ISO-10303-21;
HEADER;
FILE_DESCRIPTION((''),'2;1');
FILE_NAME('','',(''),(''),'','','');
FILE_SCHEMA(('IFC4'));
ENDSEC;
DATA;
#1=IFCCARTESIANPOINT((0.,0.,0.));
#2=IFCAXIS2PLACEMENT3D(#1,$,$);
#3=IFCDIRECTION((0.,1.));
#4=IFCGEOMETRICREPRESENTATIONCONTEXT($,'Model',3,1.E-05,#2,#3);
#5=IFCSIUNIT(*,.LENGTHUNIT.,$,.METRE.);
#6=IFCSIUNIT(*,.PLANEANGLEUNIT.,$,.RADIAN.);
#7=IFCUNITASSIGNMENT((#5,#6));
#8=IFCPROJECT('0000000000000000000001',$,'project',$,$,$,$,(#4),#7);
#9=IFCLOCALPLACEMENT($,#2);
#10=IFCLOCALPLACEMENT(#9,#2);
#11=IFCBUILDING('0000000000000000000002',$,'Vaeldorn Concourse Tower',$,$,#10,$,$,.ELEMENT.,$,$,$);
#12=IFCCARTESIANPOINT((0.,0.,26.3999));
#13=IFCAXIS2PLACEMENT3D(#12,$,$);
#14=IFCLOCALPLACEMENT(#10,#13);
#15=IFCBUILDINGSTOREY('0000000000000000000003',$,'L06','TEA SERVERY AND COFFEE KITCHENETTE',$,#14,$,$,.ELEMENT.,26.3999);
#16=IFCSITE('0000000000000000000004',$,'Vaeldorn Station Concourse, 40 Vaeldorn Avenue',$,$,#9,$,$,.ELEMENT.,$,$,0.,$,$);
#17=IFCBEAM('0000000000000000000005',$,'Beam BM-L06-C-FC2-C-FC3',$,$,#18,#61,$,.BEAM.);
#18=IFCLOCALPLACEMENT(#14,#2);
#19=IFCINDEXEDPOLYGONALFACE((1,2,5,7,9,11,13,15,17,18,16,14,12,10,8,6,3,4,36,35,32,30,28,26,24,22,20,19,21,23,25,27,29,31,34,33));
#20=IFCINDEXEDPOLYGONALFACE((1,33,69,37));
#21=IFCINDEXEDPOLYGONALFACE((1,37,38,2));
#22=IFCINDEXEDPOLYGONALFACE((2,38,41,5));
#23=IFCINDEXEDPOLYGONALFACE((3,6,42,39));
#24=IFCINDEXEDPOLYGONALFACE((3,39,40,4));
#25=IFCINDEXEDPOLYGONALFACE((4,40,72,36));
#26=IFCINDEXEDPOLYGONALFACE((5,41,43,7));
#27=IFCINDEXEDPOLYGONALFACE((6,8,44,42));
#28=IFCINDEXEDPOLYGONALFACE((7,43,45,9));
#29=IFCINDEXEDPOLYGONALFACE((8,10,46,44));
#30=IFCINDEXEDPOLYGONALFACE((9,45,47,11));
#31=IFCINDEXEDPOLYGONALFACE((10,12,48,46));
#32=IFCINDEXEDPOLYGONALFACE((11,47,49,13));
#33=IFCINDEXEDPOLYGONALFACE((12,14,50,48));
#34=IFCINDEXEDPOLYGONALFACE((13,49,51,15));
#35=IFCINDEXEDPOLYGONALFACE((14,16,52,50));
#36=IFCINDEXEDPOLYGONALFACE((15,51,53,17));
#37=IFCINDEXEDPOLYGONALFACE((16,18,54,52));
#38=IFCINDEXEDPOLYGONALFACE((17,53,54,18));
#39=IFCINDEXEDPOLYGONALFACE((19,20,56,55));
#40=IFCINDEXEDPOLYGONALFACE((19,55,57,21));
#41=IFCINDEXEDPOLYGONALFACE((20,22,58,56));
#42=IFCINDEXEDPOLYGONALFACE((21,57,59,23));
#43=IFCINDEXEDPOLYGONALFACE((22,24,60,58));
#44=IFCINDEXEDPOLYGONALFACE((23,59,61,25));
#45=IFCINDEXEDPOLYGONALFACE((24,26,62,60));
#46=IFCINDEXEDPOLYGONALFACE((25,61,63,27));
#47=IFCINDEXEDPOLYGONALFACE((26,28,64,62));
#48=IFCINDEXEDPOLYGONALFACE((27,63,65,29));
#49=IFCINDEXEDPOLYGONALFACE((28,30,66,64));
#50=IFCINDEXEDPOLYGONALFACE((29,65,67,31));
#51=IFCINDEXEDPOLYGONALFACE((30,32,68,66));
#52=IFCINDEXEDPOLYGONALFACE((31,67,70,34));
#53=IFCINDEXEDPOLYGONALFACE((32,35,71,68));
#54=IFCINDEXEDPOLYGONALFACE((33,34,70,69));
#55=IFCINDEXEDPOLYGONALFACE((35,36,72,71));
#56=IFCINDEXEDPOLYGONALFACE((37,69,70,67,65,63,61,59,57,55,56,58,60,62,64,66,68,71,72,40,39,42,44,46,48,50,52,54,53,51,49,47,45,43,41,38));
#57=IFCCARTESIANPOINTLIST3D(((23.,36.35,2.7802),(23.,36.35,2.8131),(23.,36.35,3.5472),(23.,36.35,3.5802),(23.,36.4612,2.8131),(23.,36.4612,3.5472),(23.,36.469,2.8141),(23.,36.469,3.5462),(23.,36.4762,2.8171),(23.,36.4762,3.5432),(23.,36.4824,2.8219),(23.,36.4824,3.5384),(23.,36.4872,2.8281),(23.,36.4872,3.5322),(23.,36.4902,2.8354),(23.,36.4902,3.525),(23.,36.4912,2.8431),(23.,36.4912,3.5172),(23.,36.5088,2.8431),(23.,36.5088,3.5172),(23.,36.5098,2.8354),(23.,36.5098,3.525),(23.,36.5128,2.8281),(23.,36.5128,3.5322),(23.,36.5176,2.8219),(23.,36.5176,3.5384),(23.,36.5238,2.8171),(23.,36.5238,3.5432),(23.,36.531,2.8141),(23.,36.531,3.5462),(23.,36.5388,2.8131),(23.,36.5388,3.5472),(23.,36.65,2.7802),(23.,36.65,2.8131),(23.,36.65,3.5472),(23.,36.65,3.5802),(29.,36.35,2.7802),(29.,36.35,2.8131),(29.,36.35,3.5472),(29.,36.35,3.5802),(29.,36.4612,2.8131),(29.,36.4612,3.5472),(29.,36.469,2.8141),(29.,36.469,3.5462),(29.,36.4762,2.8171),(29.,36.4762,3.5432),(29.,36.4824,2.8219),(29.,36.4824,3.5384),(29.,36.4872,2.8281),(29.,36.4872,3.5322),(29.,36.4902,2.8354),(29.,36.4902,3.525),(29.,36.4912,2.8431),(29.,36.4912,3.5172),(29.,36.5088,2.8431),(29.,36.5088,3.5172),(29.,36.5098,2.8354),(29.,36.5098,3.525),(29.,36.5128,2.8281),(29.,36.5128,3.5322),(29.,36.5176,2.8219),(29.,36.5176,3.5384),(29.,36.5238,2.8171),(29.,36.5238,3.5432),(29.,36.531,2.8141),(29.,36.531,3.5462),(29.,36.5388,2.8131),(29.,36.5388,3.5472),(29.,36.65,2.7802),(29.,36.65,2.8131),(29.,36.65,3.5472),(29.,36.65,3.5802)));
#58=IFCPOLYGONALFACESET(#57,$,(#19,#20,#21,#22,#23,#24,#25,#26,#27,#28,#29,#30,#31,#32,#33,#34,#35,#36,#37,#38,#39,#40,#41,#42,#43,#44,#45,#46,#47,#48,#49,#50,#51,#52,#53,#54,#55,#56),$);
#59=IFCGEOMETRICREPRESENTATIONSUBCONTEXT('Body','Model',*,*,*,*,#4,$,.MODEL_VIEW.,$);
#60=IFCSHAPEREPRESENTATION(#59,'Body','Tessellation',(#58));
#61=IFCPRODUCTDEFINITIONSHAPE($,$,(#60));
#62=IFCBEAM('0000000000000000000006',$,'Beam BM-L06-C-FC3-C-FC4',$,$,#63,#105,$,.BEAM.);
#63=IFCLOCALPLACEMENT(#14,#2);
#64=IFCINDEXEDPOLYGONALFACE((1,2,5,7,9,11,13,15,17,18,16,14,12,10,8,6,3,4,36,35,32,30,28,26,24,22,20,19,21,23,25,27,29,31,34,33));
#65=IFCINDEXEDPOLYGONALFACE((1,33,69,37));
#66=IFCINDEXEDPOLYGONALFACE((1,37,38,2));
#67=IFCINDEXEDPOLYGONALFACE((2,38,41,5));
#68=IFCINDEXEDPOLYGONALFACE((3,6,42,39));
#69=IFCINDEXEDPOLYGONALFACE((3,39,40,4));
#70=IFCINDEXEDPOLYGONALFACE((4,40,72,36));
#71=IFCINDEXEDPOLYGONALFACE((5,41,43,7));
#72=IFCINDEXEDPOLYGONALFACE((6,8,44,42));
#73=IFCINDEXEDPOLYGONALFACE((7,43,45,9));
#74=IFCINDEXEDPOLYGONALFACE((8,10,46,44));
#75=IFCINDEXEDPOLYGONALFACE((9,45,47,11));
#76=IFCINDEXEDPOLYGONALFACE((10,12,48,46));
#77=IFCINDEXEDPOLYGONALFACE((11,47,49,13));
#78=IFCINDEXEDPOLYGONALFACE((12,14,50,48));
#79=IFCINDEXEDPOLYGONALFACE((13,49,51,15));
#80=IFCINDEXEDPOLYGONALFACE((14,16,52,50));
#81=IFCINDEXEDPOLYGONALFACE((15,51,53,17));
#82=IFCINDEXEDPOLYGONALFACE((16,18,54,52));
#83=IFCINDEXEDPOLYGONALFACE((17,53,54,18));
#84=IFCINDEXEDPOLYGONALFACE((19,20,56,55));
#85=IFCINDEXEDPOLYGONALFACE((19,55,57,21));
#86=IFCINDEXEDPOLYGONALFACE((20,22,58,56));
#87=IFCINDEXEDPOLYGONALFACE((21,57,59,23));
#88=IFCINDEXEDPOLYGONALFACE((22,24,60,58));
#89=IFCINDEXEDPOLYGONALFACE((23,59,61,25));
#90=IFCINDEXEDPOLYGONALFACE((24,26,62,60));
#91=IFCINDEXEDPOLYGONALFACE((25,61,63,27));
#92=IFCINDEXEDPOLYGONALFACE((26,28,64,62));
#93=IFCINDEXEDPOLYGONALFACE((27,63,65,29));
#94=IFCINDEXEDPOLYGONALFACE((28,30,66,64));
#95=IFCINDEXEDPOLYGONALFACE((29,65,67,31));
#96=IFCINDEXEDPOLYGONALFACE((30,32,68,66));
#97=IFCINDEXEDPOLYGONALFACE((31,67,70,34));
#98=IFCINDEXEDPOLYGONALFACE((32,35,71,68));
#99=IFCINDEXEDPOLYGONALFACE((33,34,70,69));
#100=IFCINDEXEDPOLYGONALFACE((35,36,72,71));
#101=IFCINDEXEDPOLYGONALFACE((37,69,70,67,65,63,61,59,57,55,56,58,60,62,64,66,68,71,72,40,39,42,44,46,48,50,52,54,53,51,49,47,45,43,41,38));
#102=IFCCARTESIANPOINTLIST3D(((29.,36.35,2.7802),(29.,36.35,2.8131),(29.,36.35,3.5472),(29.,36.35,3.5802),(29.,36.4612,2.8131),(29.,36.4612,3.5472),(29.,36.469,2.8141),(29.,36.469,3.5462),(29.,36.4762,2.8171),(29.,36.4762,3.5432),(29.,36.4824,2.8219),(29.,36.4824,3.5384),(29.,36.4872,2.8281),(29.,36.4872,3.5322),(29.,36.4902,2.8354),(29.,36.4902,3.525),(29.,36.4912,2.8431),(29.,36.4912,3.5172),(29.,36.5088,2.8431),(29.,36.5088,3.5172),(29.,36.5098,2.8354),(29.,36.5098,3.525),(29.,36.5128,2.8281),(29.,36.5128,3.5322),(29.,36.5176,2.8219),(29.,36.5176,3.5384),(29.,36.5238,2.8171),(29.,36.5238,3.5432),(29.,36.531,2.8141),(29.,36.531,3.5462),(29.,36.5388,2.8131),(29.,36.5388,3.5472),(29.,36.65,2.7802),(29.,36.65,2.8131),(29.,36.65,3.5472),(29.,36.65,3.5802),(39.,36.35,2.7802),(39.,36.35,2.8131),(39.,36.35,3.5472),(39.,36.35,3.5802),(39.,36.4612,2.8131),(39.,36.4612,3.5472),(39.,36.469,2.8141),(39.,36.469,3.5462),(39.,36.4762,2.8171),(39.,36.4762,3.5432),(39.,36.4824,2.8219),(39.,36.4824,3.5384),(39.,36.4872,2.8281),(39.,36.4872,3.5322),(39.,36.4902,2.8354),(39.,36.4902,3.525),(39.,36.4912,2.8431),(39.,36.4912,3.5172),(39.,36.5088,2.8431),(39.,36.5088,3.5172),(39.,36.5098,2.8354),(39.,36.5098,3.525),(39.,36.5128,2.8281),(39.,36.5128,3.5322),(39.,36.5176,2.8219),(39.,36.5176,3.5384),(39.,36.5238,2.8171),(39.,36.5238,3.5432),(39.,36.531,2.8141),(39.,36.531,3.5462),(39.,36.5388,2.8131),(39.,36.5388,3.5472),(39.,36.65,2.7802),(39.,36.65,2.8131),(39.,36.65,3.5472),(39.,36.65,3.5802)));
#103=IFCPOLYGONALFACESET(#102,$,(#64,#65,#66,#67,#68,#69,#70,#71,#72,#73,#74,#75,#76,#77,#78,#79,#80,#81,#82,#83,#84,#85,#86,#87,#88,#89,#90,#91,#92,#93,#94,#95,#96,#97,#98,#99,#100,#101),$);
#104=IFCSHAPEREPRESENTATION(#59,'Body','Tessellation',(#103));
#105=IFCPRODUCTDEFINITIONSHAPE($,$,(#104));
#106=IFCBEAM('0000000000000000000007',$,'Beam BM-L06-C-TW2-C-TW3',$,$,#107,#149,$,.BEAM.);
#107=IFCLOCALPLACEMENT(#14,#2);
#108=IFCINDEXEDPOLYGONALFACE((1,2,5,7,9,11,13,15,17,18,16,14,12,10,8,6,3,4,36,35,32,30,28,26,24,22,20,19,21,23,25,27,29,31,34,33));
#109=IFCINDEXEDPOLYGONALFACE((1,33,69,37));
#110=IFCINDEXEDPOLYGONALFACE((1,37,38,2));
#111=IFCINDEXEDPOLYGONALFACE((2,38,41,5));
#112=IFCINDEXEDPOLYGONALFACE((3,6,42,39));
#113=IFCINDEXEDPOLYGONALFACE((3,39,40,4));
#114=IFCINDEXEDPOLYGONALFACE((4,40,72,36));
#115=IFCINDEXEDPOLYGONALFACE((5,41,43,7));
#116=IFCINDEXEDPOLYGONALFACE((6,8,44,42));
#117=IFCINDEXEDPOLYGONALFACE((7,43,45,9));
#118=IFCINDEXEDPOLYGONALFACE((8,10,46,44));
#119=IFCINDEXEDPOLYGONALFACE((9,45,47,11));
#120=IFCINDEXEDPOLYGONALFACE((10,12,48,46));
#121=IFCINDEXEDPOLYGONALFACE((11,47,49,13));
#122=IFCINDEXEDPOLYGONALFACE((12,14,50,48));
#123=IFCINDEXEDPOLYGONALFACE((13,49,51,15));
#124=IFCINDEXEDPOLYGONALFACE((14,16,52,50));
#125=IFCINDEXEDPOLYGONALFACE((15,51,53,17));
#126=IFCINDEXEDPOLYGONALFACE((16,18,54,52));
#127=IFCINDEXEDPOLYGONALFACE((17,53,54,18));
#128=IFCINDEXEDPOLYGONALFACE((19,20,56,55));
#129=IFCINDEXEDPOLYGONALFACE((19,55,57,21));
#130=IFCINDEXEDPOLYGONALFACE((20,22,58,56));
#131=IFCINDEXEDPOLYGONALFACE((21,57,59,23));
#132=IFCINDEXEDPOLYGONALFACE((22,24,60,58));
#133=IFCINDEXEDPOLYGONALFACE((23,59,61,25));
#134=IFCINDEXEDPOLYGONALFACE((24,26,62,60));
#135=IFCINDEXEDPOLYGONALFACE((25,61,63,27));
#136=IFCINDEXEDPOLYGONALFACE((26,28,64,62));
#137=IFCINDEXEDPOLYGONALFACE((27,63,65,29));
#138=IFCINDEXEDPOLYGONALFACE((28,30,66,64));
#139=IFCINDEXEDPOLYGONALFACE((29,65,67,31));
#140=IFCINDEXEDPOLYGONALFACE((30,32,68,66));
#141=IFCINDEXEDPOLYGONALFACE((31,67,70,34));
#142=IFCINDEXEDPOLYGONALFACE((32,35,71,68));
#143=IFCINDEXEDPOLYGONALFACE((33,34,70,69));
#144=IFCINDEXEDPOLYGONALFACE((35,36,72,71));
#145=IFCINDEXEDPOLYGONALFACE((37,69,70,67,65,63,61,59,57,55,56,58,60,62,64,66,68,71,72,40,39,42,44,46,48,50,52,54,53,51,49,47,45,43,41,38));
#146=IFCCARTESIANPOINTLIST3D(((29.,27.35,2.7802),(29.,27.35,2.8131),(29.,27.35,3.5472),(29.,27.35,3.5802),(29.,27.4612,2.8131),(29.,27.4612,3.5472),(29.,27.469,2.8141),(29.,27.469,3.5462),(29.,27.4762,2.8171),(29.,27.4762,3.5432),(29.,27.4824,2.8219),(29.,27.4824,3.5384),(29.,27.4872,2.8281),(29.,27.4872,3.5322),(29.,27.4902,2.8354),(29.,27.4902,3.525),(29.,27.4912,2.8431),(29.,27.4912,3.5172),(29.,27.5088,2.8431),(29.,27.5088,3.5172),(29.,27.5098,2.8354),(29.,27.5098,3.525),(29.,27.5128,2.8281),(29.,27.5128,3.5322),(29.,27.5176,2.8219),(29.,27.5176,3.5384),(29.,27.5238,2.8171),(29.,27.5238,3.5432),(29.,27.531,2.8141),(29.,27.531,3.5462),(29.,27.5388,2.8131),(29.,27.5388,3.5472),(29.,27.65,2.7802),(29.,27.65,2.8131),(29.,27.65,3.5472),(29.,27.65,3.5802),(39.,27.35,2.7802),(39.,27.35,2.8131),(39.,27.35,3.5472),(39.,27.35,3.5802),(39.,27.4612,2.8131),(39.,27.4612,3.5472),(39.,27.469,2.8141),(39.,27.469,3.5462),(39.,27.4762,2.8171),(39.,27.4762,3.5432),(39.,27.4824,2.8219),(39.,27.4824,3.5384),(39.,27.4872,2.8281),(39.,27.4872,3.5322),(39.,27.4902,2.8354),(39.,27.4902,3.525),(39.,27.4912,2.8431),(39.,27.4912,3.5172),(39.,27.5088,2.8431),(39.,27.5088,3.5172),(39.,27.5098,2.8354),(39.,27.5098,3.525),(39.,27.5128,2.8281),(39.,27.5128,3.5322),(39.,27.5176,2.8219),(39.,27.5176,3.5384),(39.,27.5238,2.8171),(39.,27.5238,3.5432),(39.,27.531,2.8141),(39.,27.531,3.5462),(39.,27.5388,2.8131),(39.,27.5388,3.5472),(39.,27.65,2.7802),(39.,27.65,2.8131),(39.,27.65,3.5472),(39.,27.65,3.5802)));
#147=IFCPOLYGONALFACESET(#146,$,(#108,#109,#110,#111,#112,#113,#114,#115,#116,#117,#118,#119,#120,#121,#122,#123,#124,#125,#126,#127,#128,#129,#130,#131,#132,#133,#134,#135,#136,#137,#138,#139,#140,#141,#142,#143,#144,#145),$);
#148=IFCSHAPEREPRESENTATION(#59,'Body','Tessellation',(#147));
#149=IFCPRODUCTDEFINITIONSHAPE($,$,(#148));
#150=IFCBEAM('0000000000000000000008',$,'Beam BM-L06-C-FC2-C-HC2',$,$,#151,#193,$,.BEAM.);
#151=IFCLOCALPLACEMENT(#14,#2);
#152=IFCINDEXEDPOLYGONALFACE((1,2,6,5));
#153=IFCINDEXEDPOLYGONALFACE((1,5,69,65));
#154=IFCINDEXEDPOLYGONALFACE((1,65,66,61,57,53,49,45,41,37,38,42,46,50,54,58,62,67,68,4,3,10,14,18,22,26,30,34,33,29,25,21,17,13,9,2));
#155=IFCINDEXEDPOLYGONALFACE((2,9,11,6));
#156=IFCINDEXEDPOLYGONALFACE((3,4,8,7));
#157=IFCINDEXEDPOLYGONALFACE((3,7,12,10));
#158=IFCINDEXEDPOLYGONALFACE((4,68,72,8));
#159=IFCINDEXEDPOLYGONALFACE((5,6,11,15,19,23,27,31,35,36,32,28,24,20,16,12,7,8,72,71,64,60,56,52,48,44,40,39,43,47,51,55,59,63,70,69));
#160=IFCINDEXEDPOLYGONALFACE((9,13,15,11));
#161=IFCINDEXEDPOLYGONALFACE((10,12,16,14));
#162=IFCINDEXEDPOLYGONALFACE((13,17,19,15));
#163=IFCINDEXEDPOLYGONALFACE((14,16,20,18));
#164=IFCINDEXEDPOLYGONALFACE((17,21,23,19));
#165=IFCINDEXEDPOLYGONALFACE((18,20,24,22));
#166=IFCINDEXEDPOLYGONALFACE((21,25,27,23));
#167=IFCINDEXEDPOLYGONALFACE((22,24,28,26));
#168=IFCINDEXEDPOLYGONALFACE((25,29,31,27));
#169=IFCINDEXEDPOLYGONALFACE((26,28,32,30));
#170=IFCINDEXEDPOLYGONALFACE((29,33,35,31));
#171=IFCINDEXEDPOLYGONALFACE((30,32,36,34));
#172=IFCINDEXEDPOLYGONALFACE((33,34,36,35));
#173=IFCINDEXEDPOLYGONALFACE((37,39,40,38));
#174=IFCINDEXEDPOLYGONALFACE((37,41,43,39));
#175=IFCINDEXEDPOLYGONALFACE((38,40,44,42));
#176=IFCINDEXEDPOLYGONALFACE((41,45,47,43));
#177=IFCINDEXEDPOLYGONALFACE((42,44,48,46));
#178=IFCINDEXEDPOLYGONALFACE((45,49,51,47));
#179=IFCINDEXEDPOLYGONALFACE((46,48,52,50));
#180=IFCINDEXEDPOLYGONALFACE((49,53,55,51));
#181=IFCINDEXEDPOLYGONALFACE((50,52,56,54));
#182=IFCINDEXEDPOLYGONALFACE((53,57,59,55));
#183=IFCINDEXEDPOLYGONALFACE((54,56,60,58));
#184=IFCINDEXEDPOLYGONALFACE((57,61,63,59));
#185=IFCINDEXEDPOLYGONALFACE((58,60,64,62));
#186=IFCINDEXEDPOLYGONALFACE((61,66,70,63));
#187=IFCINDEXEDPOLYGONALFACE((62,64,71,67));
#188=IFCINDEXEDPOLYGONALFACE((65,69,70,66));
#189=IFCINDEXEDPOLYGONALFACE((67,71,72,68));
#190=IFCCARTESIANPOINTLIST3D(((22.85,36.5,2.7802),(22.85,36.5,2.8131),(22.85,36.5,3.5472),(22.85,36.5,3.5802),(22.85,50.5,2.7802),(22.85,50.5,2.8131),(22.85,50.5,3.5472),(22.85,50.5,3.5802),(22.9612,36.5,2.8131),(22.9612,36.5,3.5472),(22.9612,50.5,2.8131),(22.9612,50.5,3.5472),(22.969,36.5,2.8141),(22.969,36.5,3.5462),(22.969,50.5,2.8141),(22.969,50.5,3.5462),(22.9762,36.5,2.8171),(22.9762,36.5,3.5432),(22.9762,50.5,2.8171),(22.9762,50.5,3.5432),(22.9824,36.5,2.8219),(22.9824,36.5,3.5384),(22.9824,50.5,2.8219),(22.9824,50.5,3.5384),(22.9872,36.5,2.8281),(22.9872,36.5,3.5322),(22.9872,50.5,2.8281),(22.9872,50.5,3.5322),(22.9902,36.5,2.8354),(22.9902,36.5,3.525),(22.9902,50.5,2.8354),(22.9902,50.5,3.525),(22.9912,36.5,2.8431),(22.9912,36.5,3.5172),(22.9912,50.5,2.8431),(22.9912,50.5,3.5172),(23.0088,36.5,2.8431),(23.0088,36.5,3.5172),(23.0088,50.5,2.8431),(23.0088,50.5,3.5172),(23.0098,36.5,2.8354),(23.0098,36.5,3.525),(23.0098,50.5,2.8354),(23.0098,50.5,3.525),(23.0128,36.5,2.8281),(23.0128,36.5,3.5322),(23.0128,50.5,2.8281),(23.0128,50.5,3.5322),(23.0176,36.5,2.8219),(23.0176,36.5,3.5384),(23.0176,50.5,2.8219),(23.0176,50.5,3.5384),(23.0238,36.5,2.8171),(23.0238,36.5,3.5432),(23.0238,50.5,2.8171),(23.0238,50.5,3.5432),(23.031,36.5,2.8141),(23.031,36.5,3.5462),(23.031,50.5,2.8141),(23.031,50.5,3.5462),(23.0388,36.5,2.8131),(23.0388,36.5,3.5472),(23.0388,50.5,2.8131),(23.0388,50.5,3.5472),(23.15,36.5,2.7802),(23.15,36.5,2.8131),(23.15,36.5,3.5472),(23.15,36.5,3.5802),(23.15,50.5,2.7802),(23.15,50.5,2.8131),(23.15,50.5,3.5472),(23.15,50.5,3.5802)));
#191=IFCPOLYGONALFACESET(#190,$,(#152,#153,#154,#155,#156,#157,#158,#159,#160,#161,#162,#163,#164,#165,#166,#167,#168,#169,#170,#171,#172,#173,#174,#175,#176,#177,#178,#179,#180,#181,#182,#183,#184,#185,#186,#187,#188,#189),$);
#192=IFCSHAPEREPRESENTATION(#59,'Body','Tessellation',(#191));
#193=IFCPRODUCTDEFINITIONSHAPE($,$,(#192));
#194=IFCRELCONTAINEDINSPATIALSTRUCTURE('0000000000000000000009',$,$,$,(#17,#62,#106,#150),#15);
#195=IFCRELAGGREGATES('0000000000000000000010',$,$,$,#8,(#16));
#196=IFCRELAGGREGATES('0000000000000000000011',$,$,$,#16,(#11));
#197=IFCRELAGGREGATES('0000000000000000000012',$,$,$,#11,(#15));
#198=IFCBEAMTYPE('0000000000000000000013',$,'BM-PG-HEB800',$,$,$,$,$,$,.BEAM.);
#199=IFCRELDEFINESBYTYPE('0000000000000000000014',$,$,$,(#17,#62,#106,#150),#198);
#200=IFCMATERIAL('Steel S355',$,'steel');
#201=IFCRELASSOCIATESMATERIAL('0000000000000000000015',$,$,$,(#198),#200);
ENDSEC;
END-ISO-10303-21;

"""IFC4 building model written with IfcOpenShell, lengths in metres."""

from ifc_helpers import new_model, si_unit, direction, frame, origin, origin_2d, place, context, subcontext, project, spatial, i_section, extrude, source, transform, mapped, material, material_profile, profile_set, type_object, element, save


model = new_model("IFC4")

# Units and contexts
model_context = context("Model", 3, precision=1e-05, world=origin(), true_north=direction((0.0, 1.0)))
body_context = subcontext(model_context, "Body", "Model", "MODEL_VIEW")
ifc_project = project(units=[si_unit("LENGTHUNIT", "METRE"), si_unit("PLANEANGLEUNIT", "RADIAN")], contexts=[model_context])

# Site, building, storey
site_placement = place(None, origin())
site = spatial("IfcSite", under=ifc_project, at=site_placement, Name="Vaeldorn Station Concourse, 40 Vaeldorn Avenue", CompositionType="ELEMENT", RefElevation=0.0)
building_placement = place(site_placement, origin())
building = spatial("IfcBuilding", under=site, at=building_placement, Name="Vaeldorn Concourse Tower", CompositionType="ELEMENT")
storey_placement = place(building_placement, frame((0.0, 0.0, 26.3999)))
storey = spatial("IfcBuildingStorey", under=building, at=storey_placement, Name="L06", Description="TEA SERVERY AND COFFEE KITCHENETTE", CompositionType="ELEMENT", Elevation=26.3999)

# Beams
ifc_material_1 = material(Name="Steel S355", Category="steel")
ifc_material_profile_1 = material_profile(ifc_material_1, i_section(OverallWidth=0.3, OverallDepth=0.8, WebThickness=0.0176, FlangeThickness=0.033, FilletRadius=0.03, at=origin_2d()), Name="HEB 800")
ifc_profile_set_1 = profile_set([ifc_material_profile_1], Name="Steel S355")
beam_type_1 = type_object("IfcBeamType", Name="BM-PG-HEB800", PredefinedType="BEAM", material=ifc_profile_set_1)
shared_shape_1 = source(origin(), body_context, "Body", "SweptSolid", [
    extrude(i_section(OverallWidth=0.3, OverallDepth=0.8, WebThickness=0.0176, FlangeThickness=0.033, FilletRadius=0.03, at=origin_2d()), origin(), (0.0, 0.0, 1.0), 6.0),
])
beam_1_placement = place(storey_placement, frame((23.0, 36.5, 3.1802), z_axis=(1.0, 0.0, 0.0), x_axis=(0.0, 1.0, 0.0)))
element("IfcBeam", 1, at=beam_1_placement, inside=storey, type_object=beam_type_1, Name="Beam BM-L06-C-FC2-C-FC3", PredefinedType="BEAM", context=body_context, shape_type="MappedRepresentation", body=[
    mapped(shared_shape_1, transform((0.0, 0.0, 0.0), scale=1.0)),
])
shared_shape_2 = source(origin(), body_context, "Body", "SweptSolid", [
    extrude(i_section(OverallWidth=0.3, OverallDepth=0.8, WebThickness=0.0176, FlangeThickness=0.033, FilletRadius=0.03, at=origin_2d()), origin(), (0.0, 0.0, 1.0), 10.0),
])
for number, where, z_axis, x_axis, name in (
    (2, (29.0, 36.5, 3.1802), (1.0, 0.0, 0.0), (0.0, 1.0, 0.0), "Beam BM-L06-C-FC3-C-FC4"),
    (3, (29.0, 27.5, 3.1802), (1.0, 0.0, 0.0), (0.0, 1.0, 0.0), "Beam BM-L06-C-TW2-C-TW3"),
):
    element("IfcBeam", number, at=place(storey_placement, frame(where, z_axis=z_axis, x_axis=x_axis)), inside=storey, type_object=beam_type_1, Name=name, PredefinedType="BEAM", context=body_context, shape_type="MappedRepresentation", body=[
        mapped(shared_shape_2, transform((0.0, 0.0, 0.0), scale=1.0)),
    ])
shared_shape_3 = source(origin(), body_context, "Body", "SweptSolid", [
    extrude(i_section(OverallWidth=0.3, OverallDepth=0.8, WebThickness=0.0176, FlangeThickness=0.033, FilletRadius=0.03, at=origin_2d()), origin(), (0.0, 0.0, 1.0), 14.0),
])
beam_2_placement = place(storey_placement, frame((23.0, 36.5, 3.1802), z_axis=(0.0, 1.0, 0.0), x_axis=(-1.0, 0.0, 0.0)))
element("IfcBeam", 4, at=beam_2_placement, inside=storey, type_object=beam_type_1, Name="Beam BM-L06-C-FC2-C-HC2", PredefinedType="BEAM", context=body_context, shape_type="MappedRepresentation", body=[
    mapped(shared_shape_3, transform((0.0, 0.0, 0.0), scale=1.0)),
])

save(model, "model.ifc")
